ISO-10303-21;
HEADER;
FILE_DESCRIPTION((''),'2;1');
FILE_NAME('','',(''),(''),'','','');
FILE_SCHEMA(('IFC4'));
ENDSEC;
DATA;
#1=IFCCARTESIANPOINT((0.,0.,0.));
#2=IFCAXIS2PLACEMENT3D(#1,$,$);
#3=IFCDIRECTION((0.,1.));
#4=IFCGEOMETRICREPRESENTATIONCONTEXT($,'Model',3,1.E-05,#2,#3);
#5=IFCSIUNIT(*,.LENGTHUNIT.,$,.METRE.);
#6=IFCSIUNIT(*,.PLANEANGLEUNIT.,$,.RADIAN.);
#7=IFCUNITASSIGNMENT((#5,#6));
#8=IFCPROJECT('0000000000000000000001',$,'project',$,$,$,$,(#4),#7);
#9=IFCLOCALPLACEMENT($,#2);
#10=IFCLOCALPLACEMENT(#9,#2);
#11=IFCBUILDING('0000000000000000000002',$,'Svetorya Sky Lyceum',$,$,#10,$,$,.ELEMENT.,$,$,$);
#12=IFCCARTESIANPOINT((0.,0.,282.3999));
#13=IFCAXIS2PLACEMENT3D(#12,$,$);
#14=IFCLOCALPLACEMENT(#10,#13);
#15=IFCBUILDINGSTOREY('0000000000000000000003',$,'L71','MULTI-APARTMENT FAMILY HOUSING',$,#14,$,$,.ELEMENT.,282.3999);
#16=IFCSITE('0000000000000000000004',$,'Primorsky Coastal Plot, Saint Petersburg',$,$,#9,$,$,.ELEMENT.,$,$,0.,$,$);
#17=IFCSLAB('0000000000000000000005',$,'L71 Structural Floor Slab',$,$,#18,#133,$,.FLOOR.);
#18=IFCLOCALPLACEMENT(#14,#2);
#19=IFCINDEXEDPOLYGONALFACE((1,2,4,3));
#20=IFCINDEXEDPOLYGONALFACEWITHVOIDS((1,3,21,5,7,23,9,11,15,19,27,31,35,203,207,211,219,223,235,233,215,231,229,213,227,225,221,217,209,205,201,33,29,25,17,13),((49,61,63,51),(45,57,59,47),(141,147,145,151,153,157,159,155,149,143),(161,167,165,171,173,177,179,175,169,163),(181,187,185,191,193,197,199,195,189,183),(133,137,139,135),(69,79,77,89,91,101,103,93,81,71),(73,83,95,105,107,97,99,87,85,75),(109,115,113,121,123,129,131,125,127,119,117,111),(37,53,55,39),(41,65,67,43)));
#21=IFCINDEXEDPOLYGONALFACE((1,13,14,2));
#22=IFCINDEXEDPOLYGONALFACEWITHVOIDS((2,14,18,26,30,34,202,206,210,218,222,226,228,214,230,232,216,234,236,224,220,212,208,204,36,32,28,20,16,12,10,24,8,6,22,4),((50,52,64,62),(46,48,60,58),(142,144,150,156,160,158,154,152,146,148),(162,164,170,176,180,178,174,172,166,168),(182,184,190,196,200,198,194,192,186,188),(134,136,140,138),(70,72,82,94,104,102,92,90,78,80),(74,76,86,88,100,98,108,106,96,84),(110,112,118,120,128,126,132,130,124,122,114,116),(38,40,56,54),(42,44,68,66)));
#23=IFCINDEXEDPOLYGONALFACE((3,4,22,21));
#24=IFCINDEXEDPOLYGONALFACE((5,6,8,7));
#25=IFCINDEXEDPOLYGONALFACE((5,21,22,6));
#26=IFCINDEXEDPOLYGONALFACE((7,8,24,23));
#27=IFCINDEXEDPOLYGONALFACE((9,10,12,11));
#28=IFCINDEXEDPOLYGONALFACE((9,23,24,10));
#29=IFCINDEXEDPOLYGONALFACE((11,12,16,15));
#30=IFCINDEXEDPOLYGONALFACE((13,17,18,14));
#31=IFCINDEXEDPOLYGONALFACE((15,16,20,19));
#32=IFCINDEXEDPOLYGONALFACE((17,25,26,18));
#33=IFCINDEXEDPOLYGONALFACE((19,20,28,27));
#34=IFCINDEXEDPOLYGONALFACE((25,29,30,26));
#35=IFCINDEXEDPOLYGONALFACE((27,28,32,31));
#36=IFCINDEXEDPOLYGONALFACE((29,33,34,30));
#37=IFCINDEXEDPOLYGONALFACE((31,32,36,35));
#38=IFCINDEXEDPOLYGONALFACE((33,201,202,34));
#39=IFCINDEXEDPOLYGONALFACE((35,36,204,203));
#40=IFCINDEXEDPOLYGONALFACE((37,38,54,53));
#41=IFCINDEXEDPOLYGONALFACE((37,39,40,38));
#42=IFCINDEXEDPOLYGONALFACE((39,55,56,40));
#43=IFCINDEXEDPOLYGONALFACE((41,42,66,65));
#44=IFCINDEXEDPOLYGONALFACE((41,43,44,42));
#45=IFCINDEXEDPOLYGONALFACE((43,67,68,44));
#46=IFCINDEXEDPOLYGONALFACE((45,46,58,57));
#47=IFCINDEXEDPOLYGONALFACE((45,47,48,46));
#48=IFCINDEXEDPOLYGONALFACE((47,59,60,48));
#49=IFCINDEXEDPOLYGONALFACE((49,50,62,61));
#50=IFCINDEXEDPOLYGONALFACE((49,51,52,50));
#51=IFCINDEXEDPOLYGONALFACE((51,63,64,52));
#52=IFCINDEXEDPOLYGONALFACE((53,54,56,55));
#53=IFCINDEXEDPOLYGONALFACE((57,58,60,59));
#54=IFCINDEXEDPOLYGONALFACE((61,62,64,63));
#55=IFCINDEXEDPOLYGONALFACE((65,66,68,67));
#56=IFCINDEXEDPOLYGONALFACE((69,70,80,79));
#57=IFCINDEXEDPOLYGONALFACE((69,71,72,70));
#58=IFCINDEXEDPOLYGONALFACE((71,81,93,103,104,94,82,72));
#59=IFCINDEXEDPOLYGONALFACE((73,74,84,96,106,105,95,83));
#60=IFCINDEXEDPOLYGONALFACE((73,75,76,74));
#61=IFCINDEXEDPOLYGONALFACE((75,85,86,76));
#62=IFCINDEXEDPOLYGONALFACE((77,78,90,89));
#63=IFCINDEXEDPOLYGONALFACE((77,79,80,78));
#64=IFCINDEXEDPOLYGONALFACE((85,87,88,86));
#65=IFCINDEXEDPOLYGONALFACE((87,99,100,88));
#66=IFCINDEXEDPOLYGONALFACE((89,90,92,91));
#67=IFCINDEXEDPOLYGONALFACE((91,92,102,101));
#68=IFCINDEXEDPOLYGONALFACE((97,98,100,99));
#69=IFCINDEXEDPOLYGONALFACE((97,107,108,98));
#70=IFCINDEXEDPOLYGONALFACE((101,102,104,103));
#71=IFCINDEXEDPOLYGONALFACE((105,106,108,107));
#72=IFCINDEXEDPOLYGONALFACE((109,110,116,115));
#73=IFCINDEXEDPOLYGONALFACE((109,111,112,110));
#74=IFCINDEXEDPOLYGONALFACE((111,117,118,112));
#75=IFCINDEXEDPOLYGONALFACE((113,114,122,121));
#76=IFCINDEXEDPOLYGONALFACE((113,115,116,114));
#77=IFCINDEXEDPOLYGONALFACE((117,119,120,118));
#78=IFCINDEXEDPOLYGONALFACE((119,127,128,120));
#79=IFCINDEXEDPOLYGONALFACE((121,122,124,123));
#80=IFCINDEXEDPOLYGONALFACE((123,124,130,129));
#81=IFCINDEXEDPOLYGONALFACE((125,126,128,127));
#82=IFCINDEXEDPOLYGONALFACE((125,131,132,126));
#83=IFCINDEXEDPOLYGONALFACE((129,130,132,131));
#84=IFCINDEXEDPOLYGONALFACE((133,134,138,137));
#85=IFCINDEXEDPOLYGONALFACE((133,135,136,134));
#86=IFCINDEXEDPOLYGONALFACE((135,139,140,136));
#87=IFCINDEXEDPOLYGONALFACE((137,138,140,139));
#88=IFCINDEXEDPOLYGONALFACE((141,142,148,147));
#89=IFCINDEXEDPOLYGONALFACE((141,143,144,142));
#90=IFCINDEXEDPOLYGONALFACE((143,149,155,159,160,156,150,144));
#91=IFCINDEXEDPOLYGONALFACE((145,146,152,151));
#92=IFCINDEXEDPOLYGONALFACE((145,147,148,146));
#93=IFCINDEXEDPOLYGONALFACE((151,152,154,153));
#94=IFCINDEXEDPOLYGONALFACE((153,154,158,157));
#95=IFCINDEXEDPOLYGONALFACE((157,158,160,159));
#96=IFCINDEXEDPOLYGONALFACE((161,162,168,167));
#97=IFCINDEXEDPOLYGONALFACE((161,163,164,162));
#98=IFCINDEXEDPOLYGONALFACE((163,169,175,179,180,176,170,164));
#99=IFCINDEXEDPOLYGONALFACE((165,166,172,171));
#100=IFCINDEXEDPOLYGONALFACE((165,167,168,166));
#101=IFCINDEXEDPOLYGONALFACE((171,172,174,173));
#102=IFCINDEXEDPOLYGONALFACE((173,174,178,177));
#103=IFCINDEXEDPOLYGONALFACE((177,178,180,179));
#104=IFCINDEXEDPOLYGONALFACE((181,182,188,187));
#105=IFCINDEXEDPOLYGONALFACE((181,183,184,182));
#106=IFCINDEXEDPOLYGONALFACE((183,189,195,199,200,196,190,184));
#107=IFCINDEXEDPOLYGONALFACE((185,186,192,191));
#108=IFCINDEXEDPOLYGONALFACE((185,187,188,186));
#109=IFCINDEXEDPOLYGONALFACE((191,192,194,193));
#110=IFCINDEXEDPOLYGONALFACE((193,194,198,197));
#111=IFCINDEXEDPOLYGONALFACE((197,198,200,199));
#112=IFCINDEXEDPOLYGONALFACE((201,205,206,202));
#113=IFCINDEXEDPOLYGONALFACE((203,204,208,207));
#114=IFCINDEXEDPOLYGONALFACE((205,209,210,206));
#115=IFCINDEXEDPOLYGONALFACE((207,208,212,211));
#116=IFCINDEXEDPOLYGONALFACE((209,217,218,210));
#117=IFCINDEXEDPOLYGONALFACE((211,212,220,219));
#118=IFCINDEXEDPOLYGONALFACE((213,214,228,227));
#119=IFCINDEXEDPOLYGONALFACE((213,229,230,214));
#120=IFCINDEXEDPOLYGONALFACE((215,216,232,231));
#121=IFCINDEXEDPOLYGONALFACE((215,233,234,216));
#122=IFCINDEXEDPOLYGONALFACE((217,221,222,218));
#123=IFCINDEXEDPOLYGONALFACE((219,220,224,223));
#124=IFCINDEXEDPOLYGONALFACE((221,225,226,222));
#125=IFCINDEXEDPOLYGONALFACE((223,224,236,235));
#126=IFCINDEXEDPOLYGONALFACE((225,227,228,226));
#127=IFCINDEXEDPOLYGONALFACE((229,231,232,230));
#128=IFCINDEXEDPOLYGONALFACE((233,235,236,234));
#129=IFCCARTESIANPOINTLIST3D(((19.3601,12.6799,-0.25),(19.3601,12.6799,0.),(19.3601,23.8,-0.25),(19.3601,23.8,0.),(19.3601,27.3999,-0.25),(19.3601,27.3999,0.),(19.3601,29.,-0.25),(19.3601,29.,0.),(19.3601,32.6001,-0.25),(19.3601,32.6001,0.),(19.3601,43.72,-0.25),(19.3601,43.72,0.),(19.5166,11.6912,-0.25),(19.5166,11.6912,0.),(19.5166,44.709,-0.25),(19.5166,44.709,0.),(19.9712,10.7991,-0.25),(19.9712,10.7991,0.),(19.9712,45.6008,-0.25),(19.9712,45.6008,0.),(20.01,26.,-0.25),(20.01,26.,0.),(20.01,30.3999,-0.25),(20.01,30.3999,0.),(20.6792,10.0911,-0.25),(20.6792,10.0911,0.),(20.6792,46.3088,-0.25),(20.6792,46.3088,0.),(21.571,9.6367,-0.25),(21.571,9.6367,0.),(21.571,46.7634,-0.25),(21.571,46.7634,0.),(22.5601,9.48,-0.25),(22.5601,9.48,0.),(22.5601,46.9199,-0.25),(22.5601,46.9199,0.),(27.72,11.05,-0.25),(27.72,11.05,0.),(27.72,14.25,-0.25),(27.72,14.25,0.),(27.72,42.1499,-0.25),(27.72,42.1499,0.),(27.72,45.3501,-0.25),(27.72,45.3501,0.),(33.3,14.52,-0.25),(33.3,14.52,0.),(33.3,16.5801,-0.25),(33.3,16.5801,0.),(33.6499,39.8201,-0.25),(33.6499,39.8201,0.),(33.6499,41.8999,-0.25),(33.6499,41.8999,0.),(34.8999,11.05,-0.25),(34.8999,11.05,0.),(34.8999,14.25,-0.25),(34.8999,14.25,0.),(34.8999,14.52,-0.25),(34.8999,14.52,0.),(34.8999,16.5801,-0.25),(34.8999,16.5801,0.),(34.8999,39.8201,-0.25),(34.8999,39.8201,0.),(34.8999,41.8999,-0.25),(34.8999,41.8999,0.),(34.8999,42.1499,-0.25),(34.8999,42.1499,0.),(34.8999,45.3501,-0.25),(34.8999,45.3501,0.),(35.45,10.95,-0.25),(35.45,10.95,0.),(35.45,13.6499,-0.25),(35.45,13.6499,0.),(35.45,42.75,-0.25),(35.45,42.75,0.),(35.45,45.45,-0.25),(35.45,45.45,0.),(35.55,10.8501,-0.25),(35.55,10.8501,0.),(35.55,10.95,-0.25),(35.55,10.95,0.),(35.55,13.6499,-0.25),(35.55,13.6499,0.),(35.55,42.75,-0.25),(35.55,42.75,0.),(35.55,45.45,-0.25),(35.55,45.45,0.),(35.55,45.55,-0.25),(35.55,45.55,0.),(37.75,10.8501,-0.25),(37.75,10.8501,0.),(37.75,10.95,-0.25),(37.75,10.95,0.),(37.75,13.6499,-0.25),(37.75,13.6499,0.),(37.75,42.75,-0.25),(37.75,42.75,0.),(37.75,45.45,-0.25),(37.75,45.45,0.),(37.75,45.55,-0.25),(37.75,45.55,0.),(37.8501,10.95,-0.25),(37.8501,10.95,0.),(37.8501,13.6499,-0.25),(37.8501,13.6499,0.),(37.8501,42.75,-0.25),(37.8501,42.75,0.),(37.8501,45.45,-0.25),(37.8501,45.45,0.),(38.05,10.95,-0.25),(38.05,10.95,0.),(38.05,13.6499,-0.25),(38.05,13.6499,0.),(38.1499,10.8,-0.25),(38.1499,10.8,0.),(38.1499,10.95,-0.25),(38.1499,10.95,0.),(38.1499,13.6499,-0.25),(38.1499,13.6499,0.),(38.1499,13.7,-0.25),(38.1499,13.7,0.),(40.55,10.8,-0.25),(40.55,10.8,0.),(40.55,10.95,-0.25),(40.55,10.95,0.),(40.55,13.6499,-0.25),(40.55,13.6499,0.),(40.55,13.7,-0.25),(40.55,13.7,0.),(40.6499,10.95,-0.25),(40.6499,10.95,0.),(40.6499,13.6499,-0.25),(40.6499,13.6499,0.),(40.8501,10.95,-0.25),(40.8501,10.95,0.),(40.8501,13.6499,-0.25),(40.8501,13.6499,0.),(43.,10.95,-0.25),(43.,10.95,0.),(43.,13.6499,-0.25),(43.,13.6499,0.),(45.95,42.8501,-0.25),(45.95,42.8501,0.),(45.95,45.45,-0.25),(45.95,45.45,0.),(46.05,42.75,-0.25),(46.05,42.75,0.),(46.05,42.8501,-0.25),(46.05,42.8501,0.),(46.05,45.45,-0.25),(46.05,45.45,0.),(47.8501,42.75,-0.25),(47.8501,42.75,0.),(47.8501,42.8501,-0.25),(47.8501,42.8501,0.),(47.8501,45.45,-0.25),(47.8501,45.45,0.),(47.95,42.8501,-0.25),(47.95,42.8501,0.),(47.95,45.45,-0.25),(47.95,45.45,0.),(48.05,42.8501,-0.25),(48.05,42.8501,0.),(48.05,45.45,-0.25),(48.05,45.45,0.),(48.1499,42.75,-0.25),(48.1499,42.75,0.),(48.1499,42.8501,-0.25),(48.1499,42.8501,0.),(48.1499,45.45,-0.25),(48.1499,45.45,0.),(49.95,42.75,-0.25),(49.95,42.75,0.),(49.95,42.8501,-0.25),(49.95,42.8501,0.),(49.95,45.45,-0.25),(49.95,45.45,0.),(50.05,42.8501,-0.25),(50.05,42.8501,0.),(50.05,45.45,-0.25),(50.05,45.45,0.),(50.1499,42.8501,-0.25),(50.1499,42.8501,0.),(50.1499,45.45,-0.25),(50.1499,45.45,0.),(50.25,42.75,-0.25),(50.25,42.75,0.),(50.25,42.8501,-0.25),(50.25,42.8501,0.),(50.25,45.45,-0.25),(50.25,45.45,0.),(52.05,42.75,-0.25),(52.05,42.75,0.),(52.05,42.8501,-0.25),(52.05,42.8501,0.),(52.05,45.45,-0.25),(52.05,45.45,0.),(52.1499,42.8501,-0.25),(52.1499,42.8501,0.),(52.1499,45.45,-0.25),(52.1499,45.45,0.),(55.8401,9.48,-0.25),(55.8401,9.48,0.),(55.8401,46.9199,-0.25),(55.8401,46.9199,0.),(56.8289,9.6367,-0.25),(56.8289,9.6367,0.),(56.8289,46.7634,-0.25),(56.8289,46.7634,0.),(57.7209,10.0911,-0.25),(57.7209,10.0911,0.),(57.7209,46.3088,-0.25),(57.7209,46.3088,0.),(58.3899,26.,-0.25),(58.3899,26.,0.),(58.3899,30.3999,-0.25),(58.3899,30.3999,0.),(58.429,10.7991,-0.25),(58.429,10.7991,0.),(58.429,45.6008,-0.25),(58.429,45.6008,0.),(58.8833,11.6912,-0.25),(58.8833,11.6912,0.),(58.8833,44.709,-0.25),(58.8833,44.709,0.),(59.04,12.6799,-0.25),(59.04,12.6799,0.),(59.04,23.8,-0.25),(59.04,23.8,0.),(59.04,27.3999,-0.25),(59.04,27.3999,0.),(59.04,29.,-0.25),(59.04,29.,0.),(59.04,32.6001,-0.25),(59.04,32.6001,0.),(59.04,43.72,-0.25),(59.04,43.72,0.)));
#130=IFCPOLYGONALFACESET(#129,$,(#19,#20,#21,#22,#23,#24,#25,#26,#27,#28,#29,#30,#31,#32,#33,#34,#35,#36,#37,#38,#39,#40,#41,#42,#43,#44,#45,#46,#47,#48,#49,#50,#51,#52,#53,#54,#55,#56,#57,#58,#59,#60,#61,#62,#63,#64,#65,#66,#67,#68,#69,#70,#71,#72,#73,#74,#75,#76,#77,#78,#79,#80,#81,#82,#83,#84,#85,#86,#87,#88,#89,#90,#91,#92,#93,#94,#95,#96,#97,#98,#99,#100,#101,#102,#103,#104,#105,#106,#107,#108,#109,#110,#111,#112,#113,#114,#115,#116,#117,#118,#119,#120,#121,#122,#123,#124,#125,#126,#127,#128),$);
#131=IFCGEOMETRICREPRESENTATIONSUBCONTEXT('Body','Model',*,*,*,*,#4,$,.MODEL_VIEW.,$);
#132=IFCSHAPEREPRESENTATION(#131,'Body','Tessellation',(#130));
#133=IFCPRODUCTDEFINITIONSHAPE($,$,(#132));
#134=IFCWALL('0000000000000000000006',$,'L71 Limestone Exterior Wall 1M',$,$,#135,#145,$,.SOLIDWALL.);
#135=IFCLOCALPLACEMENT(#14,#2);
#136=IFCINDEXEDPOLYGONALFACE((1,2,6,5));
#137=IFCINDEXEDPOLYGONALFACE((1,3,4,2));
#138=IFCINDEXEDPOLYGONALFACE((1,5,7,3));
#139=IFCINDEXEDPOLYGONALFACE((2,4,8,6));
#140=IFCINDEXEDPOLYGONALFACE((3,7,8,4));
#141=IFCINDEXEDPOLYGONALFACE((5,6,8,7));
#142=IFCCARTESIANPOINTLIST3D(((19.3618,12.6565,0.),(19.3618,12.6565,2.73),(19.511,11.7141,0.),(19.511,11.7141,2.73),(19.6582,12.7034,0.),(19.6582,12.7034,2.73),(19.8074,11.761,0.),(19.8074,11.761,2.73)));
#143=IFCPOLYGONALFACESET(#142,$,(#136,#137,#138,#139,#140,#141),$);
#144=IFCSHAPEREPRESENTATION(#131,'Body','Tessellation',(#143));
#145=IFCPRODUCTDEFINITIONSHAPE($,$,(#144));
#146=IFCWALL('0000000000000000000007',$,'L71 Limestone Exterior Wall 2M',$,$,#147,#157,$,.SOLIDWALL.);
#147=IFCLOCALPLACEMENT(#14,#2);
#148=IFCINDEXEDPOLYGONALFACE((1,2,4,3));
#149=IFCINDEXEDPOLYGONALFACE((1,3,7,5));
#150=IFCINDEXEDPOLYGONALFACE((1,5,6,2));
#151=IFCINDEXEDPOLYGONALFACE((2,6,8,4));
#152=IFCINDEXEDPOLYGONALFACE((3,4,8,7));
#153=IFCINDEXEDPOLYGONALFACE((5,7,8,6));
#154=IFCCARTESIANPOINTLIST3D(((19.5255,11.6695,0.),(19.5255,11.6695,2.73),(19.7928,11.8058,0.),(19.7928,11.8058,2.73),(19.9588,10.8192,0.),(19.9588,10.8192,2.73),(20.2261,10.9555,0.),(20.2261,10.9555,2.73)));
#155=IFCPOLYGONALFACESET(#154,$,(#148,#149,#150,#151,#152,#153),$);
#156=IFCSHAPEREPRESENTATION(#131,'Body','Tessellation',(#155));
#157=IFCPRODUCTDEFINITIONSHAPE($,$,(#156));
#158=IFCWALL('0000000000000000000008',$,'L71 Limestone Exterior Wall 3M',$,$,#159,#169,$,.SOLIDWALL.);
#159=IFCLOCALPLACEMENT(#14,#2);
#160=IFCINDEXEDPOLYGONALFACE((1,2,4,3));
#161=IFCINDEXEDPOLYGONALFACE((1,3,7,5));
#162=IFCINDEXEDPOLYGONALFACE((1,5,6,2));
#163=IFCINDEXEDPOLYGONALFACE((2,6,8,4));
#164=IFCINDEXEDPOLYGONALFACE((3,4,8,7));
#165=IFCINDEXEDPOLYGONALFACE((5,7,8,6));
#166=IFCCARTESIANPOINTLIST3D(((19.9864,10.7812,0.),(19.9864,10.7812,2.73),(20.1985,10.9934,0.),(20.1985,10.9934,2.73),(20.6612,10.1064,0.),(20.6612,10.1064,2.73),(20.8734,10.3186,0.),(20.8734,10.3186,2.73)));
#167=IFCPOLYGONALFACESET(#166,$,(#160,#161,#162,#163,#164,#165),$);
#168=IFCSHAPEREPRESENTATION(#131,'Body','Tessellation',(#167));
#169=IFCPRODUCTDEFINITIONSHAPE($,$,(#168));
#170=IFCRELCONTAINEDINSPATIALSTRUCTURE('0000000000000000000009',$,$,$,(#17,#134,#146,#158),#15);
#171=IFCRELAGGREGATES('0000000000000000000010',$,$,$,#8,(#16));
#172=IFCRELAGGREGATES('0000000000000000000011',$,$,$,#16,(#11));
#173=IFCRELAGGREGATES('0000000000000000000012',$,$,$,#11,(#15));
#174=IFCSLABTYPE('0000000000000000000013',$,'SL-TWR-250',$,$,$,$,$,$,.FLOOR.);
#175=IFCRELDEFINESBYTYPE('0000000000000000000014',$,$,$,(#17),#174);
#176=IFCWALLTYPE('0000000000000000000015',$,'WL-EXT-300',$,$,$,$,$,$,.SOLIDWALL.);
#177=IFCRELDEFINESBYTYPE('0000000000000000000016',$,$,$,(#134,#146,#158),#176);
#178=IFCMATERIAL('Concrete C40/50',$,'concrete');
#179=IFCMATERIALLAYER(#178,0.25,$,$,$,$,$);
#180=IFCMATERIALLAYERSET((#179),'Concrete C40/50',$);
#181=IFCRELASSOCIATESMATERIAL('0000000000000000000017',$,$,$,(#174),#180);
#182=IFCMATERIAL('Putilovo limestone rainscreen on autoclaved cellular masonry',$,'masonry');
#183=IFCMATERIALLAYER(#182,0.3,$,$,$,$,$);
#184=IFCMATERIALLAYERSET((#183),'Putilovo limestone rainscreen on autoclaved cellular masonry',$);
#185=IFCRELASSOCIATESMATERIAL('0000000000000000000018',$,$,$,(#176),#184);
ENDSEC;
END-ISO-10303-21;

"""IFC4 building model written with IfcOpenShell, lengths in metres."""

from ifc_helpers import new_model, si_unit, direction, frame, frame_2d, origin, place, context, subcontext, project, spatial, polyline, rectangle, outline, extrude, material, layer, layer_set, type_object, element, save


model = new_model("IFC4")

# Units and contexts
model_context = context("Model", 3, precision=1e-05, world=origin(), true_north=direction((0.0, 1.0)))
body_context = subcontext(model_context, "Body", "Model", "MODEL_VIEW")
ifc_project = project(units=[si_unit("LENGTHUNIT", "METRE"), si_unit("PLANEANGLEUNIT", "RADIAN")], contexts=[model_context])

# Site, building, storey
site_placement = place(None, origin())
site = spatial("IfcSite", under=ifc_project, at=site_placement, Name="Primorsky Coastal Plot, Saint Petersburg", CompositionType="ELEMENT", RefElevation=0.0)
building_placement = place(site_placement, origin())
building = spatial("IfcBuilding", under=site, at=building_placement, Name="Svetorya Sky Lyceum", CompositionType="ELEMENT")
storey_placement = place(building_placement, frame((0.0, 0.0, 282.3999)))
storey = spatial("IfcBuildingStorey", under=building, at=storey_placement, Name="L71", Description="MULTI-APARTMENT FAMILY HOUSING", CompositionType="ELEMENT", Elevation=282.3999)

# Shared definitions
ifc_material_1 = material(Name="Concrete C40/50", Category="concrete")

# Slab
ifc_layer_1 = layer(ifc_material_1, 0.25)
ifc_layer_set_1 = layer_set([ifc_layer_1], Name="Concrete C40/50")
slab_type_1 = type_object("IfcSlabType", Name="SL-TWR-250", PredefinedType="FLOOR", material=ifc_layer_set_1)
slab_1_placement = place(storey_placement, frame((0.0, 0.0, -0.25)))
element("IfcSlab", 1, at=slab_1_placement, inside=storey, type_object=slab_type_1, Name="L71 Structural Floor Slab", PredefinedType="FLOOR", context=body_context, shape_type="SweptSolid", body=[
    extrude(outline(polyline([(19.3601, 12.6799), (19.5166, 11.6912), (19.9712, 10.7991), (20.6792, 10.0911), (21.571, 9.6367), (22.5601, 9.48), (55.8401, 9.48), (56.8289, 9.6367), (57.7209, 10.0911), (58.429, 10.7991), (58.8833, 11.6912), (59.04, 12.6799), (59.04, 23.8), (58.3899, 26.0), (59.04, 27.3999), (59.04, 29.0), (58.3899, 30.3999), (59.04, 32.6001), (59.04, 43.72), (58.8833, 44.709), (58.429, 45.6008), (57.7209, 46.3088), (56.8289, 46.7634), (55.8401, 46.9199), (22.5601, 46.9199), (21.571, 46.7634), (20.6792, 46.3088), (19.9712, 45.6008), (19.5166, 44.709), (19.3601, 43.72), (19.3601, 32.6001), (20.01, 30.3999), (19.3601, 29.0), (19.3601, 27.3999), (20.01, 26.0), (19.3601, 23.8), (19.3601, 12.6799)]), holes=[polyline([(37.8501, 10.95), (37.75, 10.95), (37.75, 10.8501), (35.55, 10.8501), (35.55, 10.95), (35.45, 10.95), (35.45, 13.6499), (35.55, 13.6499), (37.75, 13.6499), (37.8501, 13.6499), (37.8501, 10.95)]), polyline([(38.1499, 10.8), (38.1499, 10.95), (38.05, 10.95), (38.05, 13.6499), (38.1499, 13.6499), (38.1499, 13.7), (40.55, 13.7), (40.55, 13.6499), (40.6499, 13.6499), (40.6499, 10.95), (40.55, 10.95), (40.55, 10.8), (38.1499, 10.8)]), polyline([(27.72, 11.05), (27.72, 14.25), (34.8999, 14.25), (34.8999, 11.05), (27.72, 11.05)]), polyline([(33.3, 14.52), (33.3, 16.5801), (34.8999, 16.5801), (34.8999, 14.52), (33.3, 14.52)]), polyline([(33.6499, 39.8201), (33.6499, 41.8999), (34.8999, 41.8999), (34.8999, 39.8201), (33.6499, 39.8201)]), polyline([(27.72, 42.1499), (27.72, 45.3501), (34.8999, 45.3501), (34.8999, 42.1499), (27.72, 42.1499)]), polyline([(37.75, 42.75), (35.55, 42.75), (35.45, 42.75), (35.45, 45.45), (35.55, 45.45), (35.55, 45.55), (37.75, 45.55), (37.75, 45.45), (37.8501, 45.45), (37.8501, 42.75), (37.75, 42.75)]), polyline([(40.8501, 10.95), (40.8501, 13.6499), (43.0, 13.6499), (43.0, 10.95), (40.8501, 10.95)]), polyline([(46.05, 42.75), (46.05, 42.8501), (45.95, 42.8501), (45.95, 45.45), (46.05, 45.45), (47.8501, 45.45), (47.95, 45.45), (47.95, 42.8501), (47.8501, 42.8501), (47.8501, 42.75), (46.05, 42.75)]), polyline([(50.05, 42.8501), (49.95, 42.8501), (49.95, 42.75), (48.1499, 42.75), (48.1499, 42.8501), (48.05, 42.8501), (48.05, 45.45), (48.1499, 45.45), (49.95, 45.45), (50.05, 45.45), (50.05, 42.8501)]), polyline([(52.1499, 42.8501), (52.05, 42.8501), (52.05, 42.75), (50.25, 42.75), (50.25, 42.8501), (50.1499, 42.8501), (50.1499, 45.45), (50.25, 45.45), (52.05, 45.45), (52.1499, 45.45), (52.1499, 42.8501)])]), origin(), (0.0, 0.0, 1.0), 0.25),
])

# Walls
ifc_material_2 = material(Name="Putilovo limestone rainscreen on autoclaved cellular masonry", Category="masonry")
ifc_layer_2 = layer(ifc_material_2, 0.3)
ifc_layer_set_2 = layer_set([ifc_layer_2], Name="Putilovo limestone rainscreen on autoclaved cellular masonry")
wall_type_1 = type_object("IfcWallType", Name="WL-EXT-300", PredefinedType="SOLIDWALL", material=ifc_layer_set_2)
wall_1_placement = place(storey_placement, frame((19.51, 12.6799, 0.0), z_axis=(0.0, 0.0, 1.0), x_axis=(0.156344, -0.987703, 0.0)))
element("IfcWall", 2, at=wall_1_placement, inside=storey, type_object=wall_type_1, Name="L71 Limestone Exterior Wall 1M", PredefinedType="SOLIDWALL", context=body_context, shape_type="SweptSolid", body=[
    extrude(rectangle(XDim=0.9541, YDim=0.3, at=frame_2d((0.4771, 0.0))), origin(), (0.0, 0.0, 1.0), 2.73),
])
for number, where, z_axis, x_axis, name in (
    (3, (19.6592, 11.7375, 0.0), (0.0, 0.0, 1.0), (0.454056, -0.890973, 0.0), "L71 Limestone Exterior Wall 2M"),
    (4, (20.0925, 10.8872, 0.0), (0.0, 0.0, 1.0), (0.707107, -0.707107, 0.0), "L71 Limestone Exterior Wall 3M"),
):
    element("IfcWall", number, at=place(storey_placement, frame(where, z_axis=z_axis, x_axis=x_axis)), inside=storey, type_object=wall_type_1, Name=name, PredefinedType="SOLIDWALL", context=body_context, shape_type="SweptSolid", body=[
        extrude(rectangle(XDim=0.9543, YDim=0.3, at=frame_2d((0.4771, 0.0))), origin(), (0.0, 0.0, 1.0), 2.73),
    ])

save(model, "model.ifc")
